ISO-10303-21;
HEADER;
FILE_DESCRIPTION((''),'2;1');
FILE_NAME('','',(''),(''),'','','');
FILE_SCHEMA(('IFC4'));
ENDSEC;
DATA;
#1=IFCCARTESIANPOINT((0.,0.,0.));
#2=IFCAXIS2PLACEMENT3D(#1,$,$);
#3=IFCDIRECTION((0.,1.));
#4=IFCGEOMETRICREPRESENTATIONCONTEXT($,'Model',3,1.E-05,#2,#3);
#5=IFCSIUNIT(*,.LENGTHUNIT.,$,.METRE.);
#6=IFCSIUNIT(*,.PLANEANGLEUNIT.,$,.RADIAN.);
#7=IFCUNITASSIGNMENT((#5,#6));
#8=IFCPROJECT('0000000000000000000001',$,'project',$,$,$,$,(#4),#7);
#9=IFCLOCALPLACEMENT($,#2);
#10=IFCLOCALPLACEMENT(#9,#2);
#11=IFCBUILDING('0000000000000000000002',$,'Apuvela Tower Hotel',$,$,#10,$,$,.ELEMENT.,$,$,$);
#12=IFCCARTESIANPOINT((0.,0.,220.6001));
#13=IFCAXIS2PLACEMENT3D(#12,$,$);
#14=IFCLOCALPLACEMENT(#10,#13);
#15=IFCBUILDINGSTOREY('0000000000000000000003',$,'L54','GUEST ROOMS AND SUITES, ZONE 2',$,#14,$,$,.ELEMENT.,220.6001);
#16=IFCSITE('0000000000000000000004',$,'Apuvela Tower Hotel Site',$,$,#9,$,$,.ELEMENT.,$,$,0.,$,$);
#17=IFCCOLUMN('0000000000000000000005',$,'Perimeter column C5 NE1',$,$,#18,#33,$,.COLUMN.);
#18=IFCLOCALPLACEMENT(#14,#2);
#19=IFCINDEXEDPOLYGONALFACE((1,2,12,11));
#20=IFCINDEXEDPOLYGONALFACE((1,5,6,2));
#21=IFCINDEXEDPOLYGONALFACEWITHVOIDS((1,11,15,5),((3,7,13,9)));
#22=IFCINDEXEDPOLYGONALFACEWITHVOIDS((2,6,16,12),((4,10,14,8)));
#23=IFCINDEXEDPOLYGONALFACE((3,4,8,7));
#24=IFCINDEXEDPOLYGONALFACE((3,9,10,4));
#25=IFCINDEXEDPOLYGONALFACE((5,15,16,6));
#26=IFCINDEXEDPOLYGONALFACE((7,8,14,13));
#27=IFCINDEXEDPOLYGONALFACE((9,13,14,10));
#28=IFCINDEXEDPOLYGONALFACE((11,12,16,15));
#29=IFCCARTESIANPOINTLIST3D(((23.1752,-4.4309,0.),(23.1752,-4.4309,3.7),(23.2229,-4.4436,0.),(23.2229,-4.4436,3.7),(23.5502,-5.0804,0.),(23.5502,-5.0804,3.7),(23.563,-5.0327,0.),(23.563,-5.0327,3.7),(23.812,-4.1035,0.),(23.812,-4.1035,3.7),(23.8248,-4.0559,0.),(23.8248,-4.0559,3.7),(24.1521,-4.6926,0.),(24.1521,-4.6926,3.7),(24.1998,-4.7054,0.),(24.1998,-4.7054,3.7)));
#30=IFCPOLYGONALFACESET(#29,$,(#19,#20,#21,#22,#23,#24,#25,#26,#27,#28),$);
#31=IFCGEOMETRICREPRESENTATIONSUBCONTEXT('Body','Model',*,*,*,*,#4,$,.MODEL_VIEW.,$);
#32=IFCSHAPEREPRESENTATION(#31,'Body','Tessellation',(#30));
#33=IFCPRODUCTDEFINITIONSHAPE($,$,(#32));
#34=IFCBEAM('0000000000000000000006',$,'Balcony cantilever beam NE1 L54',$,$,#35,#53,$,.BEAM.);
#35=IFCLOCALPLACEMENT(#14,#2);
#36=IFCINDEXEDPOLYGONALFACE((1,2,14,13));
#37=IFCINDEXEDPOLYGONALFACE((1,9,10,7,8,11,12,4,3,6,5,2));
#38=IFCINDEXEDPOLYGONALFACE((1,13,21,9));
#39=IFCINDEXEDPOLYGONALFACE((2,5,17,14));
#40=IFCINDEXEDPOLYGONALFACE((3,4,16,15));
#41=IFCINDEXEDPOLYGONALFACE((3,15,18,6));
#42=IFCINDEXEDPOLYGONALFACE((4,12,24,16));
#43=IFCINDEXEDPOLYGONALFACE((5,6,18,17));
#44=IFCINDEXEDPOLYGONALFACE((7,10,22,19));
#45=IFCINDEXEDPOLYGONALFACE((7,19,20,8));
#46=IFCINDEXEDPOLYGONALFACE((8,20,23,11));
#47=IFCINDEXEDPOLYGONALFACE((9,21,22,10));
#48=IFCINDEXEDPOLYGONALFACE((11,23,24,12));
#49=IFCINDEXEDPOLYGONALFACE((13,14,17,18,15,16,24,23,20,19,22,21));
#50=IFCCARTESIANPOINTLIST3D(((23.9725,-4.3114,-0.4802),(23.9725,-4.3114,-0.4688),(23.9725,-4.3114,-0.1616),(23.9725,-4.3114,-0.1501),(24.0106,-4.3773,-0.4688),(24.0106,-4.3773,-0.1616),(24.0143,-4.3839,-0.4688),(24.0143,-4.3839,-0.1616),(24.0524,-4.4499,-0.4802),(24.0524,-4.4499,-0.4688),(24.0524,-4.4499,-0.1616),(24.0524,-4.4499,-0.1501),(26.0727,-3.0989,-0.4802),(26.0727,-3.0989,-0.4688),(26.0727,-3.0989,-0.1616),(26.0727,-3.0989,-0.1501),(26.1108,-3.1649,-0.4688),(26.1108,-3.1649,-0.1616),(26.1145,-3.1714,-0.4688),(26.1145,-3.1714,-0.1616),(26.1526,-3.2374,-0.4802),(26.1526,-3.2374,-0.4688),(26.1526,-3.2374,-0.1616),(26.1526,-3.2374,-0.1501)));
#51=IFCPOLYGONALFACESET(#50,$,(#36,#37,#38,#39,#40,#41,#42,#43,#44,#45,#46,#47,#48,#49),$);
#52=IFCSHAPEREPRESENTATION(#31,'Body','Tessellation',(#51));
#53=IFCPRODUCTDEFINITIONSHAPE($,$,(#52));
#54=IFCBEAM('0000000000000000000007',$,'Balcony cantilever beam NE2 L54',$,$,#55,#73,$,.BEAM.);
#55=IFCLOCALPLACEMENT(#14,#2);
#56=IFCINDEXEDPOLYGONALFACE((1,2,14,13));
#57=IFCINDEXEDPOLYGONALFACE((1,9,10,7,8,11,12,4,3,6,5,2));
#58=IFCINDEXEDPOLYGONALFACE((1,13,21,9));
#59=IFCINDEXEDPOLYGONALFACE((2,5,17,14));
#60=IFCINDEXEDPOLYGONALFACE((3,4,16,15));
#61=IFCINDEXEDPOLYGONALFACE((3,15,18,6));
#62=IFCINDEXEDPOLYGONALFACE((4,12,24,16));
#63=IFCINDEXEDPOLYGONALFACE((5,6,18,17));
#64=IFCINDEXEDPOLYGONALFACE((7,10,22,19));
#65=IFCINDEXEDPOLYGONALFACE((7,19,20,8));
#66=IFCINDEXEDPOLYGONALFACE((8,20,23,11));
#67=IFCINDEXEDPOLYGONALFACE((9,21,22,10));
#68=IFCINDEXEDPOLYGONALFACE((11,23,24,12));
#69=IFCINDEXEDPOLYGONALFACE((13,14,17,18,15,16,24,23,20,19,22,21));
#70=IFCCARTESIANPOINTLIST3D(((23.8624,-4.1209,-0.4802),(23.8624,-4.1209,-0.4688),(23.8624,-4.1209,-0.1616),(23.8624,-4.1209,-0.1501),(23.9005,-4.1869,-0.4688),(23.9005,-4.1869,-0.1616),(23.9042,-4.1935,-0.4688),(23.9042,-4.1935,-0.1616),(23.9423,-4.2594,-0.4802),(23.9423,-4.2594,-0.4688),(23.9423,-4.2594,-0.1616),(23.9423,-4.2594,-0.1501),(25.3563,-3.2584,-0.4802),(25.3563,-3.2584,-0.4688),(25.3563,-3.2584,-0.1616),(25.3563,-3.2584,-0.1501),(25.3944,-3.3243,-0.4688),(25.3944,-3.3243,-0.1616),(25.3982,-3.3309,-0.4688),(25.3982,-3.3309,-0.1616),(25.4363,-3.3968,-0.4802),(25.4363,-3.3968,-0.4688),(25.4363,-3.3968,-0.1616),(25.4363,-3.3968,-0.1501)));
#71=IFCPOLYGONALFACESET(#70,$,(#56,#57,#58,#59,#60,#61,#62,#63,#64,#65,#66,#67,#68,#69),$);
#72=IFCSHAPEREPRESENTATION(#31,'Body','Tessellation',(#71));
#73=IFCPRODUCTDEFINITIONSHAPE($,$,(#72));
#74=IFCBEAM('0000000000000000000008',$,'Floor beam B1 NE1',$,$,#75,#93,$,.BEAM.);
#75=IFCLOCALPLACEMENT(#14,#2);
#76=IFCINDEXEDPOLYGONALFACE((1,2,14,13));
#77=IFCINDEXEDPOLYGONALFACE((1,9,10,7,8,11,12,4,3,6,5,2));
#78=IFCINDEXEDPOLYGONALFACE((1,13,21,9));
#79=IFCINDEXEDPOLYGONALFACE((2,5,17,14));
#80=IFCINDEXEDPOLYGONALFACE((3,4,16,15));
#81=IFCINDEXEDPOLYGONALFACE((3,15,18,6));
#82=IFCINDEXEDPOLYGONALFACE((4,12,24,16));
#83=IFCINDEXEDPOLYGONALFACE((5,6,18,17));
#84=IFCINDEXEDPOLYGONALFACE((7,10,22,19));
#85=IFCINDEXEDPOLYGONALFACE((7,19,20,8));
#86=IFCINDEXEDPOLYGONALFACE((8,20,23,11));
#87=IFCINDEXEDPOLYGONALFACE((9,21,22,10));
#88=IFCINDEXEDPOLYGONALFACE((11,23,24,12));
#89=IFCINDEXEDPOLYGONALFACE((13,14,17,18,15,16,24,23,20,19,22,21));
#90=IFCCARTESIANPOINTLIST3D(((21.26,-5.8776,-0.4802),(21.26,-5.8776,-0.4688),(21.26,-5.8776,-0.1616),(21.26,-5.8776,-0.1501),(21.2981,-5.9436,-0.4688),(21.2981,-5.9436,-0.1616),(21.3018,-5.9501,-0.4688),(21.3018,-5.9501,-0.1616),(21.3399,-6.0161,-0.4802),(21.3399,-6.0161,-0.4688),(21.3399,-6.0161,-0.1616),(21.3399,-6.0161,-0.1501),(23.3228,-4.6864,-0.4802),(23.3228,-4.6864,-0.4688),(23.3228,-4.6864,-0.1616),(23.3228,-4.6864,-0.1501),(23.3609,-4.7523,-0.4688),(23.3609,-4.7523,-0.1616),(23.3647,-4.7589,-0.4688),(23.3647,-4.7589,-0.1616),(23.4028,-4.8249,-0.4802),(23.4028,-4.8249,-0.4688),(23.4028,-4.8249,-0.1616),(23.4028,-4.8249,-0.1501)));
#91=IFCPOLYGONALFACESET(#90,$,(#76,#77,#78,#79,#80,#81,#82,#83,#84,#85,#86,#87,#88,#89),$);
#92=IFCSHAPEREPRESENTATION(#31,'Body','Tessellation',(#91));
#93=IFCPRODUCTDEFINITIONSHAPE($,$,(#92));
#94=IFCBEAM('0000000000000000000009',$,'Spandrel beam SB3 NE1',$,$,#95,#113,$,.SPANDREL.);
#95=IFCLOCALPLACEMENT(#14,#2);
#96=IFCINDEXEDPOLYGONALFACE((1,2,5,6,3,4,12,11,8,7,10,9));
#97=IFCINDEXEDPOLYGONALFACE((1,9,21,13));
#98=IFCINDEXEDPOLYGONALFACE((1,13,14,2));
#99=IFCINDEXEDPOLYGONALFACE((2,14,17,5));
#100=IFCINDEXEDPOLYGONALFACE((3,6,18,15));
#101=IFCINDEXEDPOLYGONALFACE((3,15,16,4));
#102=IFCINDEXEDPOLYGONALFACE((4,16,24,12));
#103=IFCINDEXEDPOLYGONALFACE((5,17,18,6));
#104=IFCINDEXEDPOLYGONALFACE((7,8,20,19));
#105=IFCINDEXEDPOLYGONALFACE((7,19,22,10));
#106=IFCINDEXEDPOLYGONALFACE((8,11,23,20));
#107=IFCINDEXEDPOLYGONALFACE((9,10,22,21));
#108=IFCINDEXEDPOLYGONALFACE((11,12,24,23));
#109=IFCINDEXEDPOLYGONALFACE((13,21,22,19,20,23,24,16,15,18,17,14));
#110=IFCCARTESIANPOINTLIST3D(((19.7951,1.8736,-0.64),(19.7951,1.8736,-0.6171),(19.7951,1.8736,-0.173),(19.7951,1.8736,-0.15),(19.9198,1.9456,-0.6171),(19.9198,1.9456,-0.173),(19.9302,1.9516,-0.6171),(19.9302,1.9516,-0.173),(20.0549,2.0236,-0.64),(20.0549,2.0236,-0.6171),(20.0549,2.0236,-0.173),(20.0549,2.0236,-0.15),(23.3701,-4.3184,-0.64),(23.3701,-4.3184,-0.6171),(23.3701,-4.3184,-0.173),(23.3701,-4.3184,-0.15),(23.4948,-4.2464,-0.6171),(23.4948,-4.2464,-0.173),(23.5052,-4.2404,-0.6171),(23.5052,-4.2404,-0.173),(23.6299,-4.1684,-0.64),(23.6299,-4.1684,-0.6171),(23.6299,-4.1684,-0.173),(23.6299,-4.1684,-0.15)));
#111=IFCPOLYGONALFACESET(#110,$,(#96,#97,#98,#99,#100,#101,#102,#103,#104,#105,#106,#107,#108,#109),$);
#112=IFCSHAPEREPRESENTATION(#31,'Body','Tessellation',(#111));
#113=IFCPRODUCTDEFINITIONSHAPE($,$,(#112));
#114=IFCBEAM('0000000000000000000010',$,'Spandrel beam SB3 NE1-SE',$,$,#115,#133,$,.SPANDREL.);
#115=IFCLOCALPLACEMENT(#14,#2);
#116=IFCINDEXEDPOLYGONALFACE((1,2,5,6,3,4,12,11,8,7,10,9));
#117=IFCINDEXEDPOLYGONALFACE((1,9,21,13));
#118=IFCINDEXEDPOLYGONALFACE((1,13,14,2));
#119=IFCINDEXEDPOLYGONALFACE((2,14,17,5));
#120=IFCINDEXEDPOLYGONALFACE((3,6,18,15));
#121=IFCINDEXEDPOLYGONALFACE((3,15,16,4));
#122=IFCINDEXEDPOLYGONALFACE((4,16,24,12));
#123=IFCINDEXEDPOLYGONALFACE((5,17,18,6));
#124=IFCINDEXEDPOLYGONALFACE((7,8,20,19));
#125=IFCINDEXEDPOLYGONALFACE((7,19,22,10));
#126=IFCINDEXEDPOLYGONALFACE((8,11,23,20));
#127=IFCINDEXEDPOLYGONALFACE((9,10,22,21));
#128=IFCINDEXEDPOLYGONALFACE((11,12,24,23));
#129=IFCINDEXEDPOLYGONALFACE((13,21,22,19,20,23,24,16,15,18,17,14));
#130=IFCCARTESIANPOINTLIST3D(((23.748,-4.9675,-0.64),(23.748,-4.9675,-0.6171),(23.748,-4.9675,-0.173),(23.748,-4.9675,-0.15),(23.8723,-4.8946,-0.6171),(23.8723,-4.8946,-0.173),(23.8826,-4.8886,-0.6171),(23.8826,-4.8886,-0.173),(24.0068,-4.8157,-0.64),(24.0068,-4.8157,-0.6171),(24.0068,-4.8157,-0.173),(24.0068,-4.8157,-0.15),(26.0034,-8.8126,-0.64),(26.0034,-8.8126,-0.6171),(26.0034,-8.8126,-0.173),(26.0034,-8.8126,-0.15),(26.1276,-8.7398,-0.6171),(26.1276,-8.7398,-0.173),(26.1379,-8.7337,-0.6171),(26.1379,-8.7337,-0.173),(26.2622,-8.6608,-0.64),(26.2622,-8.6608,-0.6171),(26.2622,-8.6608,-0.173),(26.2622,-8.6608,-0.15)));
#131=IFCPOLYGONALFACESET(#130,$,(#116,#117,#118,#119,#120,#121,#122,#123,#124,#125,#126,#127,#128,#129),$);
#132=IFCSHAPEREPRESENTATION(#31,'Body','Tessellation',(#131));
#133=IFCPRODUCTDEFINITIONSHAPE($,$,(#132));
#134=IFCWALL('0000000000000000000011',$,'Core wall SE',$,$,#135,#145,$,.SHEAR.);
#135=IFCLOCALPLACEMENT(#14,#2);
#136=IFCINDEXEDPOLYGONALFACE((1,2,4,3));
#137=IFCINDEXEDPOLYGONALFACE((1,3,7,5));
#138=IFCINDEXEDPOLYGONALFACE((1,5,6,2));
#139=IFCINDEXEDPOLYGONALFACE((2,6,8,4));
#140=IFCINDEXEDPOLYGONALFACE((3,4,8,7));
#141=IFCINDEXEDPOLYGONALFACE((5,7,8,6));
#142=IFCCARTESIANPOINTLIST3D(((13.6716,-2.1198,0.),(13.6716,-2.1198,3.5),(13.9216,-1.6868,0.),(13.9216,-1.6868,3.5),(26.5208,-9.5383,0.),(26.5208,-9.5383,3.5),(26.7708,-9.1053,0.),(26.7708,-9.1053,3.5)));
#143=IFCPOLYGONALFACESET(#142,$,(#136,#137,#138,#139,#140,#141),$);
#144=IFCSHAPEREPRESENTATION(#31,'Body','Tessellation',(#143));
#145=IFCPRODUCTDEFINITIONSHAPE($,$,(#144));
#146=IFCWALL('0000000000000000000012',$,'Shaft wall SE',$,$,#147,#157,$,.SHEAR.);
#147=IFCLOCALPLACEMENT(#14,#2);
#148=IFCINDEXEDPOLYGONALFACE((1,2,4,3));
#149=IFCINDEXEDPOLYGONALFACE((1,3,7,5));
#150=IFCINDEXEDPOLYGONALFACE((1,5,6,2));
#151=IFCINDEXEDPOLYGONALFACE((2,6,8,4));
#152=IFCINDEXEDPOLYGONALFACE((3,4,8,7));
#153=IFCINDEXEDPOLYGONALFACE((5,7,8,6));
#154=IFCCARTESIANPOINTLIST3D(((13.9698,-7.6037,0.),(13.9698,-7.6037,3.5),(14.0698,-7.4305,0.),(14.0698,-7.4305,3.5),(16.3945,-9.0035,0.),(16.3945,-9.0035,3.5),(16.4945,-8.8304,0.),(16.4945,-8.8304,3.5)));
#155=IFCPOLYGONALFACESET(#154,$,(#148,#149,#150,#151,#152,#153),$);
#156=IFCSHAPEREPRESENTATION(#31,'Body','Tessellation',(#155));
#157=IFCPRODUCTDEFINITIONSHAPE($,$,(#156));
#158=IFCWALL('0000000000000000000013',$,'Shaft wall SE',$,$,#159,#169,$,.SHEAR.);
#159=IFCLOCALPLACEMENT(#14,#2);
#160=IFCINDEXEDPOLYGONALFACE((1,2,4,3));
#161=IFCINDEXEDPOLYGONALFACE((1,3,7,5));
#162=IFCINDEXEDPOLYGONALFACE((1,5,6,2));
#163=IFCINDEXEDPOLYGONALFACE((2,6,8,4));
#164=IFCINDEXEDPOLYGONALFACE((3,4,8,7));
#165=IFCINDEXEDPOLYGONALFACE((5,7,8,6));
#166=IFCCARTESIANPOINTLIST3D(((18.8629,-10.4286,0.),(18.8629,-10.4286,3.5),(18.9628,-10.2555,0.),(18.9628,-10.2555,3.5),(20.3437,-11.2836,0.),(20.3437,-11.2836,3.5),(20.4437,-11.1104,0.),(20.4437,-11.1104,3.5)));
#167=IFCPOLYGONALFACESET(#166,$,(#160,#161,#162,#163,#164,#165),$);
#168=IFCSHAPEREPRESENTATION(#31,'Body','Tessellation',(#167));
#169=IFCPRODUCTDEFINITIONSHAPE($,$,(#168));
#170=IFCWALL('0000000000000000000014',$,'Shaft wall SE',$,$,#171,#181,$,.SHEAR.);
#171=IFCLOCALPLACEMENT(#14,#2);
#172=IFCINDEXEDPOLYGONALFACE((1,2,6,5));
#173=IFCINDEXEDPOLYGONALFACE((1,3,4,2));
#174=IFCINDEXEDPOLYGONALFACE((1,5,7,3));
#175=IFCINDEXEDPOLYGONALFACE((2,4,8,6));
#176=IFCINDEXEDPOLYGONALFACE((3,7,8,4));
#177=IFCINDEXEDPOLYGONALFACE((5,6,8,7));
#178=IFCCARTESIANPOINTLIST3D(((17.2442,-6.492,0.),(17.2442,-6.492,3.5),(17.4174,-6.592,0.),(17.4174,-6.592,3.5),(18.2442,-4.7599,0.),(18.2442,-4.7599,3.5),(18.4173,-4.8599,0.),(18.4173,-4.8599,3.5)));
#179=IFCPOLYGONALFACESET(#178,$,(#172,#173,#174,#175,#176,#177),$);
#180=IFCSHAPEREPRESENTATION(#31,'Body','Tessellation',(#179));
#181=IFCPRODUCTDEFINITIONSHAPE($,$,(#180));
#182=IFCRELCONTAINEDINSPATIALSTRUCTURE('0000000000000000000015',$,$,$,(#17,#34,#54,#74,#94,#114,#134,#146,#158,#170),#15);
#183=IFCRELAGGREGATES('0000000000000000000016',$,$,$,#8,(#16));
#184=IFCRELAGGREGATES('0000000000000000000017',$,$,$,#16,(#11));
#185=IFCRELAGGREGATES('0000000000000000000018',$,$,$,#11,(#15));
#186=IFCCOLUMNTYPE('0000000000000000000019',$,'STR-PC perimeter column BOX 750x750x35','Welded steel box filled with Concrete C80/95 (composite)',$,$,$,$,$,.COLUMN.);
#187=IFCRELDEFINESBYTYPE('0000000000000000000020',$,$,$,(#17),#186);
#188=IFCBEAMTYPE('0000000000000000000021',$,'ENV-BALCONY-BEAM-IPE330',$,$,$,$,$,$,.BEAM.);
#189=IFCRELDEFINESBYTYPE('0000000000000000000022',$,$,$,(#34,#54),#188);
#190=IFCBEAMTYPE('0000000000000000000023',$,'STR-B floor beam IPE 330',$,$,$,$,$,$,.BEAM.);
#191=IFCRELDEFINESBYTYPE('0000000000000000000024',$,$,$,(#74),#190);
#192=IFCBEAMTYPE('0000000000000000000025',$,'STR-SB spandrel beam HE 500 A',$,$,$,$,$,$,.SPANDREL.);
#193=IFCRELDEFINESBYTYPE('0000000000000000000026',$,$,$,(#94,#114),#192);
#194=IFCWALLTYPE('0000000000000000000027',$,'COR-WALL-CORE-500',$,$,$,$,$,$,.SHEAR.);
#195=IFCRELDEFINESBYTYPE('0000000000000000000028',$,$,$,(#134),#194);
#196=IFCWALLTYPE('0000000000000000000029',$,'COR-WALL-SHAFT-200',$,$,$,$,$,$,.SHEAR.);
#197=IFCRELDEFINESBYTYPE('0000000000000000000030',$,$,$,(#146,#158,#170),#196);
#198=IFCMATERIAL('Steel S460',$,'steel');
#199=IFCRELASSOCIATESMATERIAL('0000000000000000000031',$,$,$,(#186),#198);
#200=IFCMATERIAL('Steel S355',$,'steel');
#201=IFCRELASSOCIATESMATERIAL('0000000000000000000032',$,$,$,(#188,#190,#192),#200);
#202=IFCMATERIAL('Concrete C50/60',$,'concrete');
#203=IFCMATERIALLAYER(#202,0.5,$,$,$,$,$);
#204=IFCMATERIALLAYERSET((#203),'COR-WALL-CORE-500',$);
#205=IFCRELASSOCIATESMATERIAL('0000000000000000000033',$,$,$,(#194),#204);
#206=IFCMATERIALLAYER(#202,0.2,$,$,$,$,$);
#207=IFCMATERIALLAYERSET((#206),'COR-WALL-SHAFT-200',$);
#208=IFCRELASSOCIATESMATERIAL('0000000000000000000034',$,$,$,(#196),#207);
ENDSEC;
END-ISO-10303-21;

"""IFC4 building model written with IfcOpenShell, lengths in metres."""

from ifc_helpers import new_model, si_unit, direction, frame, frame_2d, origin, origin_2d, place, context, subcontext, project, spatial, rectangle, hollow_rectangle, i_section, extrude, material, layer, layer_set, material_profile, profile_set, type_object, element, save


model = new_model("IFC4")

# Units and contexts
model_context = context("Model", 3, precision=1e-05, world=origin(), true_north=direction((0.0, 1.0)))
body_context = subcontext(model_context, "Body", "Model", "MODEL_VIEW")
ifc_project = project(units=[si_unit("LENGTHUNIT", "METRE"), si_unit("PLANEANGLEUNIT", "RADIAN")], contexts=[model_context])

# Site, building, storey
site_placement = place(None, origin())
site = spatial("IfcSite", under=ifc_project, at=site_placement, Name="Apuvela Tower Hotel Site", CompositionType="ELEMENT", RefElevation=0.0)
building_placement = place(site_placement, origin())
building = spatial("IfcBuilding", under=site, at=building_placement, Name="Apuvela Tower Hotel", CompositionType="ELEMENT")
storey_placement = place(building_placement, frame((0.0, 0.0, 220.6001)))
storey = spatial("IfcBuildingStorey", under=building, at=storey_placement, Name="L54", Description="GUEST ROOMS AND SUITES, ZONE 2", CompositionType="ELEMENT", Elevation=220.6001)

# Column
ifc_material_1 = material(Name="Steel S460", Category="steel")
ifc_material_profile_1 = material_profile(ifc_material_1, hollow_rectangle(XDim=0.75, YDim=0.75, WallThickness=0.0349, at=origin_2d()), Name="BOX 750x750x35")
ifc_material_2 = material(Name="Concrete C80/95", Category="concrete")
ifc_material_profile_2 = material_profile(ifc_material_2, rectangle(XDim=0.6799, YDim=0.6799, at=origin_2d()), Name="Concrete C80/95 infill")
ifc_profile_set_1 = profile_set([ifc_material_profile_1, ifc_material_profile_2], Name="Steel S460")
column_type = type_object("IfcColumnType", Name="STR-PC perimeter column BOX 750x750x35", Description="Welded steel box filled with Concrete C80/95 (composite)", PredefinedType="COLUMN", material=ifc_profile_set_1)
column_placement = place(storey_placement, frame((23.6875, -4.5681, 0.0), z_axis=(0.0, 0.0, 1.0), x_axis=(-0.5, 0.866025, 0.0)))
element("IfcColumn", 1, at=column_placement, inside=storey, type_object=column_type, Name="Perimeter column C5 NE1", PredefinedType="COLUMN", context=body_context, shape_type="SweptSolid", body=[
    extrude(hollow_rectangle(XDim=0.75, YDim=0.75, WallThickness=0.0349, at=origin_2d()), origin(), (0.0, 0.0, 1.0), 3.7),
])

# Beams
ifc_material_3 = material(Name="Steel S355", Category="steel")
ifc_material_profile_3 = material_profile(ifc_material_3, i_section(OverallWidth=0.1599, OverallDepth=0.3301, WebThickness=0.0076, FlangeThickness=0.0115, at=origin_2d()), Name="IPE 330")
ifc_profile_set_2 = profile_set([ifc_material_profile_3], Name="Steel S355")
beam_type_1 = type_object("IfcBeamType", Name="ENV-BALCONY-BEAM-IPE330", PredefinedType="BEAM", material=ifc_profile_set_2)
beam_1_placement = place(storey_placement, frame((24.0125, -4.3806, -0.3152), z_axis=(0.866041, 0.499972, 0.0), x_axis=(-0.499972, 0.866041, 0.0)))
element("IfcBeam", 2, at=beam_1_placement, inside=storey, type_object=beam_type_1, Name="Balcony cantilever beam NE1 L54", PredefinedType="BEAM", context=body_context, shape_type="SweptSolid", body=[
    extrude(i_section(OverallWidth=0.1599, OverallDepth=0.3301, WebThickness=0.0076, FlangeThickness=0.0115, at=origin_2d()), origin(), (0.0, 0.0, 1.0), 2.425),
])
beam_2_placement = place(storey_placement, frame((23.9023, -4.1902, -0.3152), z_axis=(0.866014, 0.500021, 0.0), x_axis=(-0.500021, 0.866014, 0.0)))
element("IfcBeam", 3, at=beam_2_placement, inside=storey, type_object=beam_type_1, Name="Balcony cantilever beam NE2 L54", PredefinedType="BEAM", context=body_context, shape_type="SweptSolid", body=[
    extrude(i_section(OverallWidth=0.1599, OverallDepth=0.3301, WebThickness=0.0076, FlangeThickness=0.0115, at=origin_2d()), origin(), (0.0, 0.0, 1.0), 1.7251),
])
ifc_material_profile_4 = material_profile(ifc_material_3, i_section(OverallWidth=0.1599, OverallDepth=0.3301, WebThickness=0.0076, FlangeThickness=0.0115, at=origin_2d()), Name="IPE 330")
ifc_profile_set_3 = profile_set([ifc_material_profile_4], Name="Steel S355")
beam_type_2 = type_object("IfcBeamType", Name="STR-B floor beam IPE 330", PredefinedType="BEAM", material=ifc_profile_set_3)
beam_3_placement = place(storey_placement, frame((23.3628, -4.7556, -0.3152), z_axis=(-0.865982, -0.500074, 0.0), x_axis=(0.500074, -0.865982, 0.0)))
element("IfcBeam", 4, at=beam_3_placement, inside=storey, type_object=beam_type_2, Name="Floor beam B1 NE1", PredefinedType="BEAM", context=body_context, shape_type="SweptSolid", body=[
    extrude(i_section(OverallWidth=0.1599, OverallDepth=0.3301, WebThickness=0.0076, FlangeThickness=0.0115, at=origin_2d()), origin(), (0.0, 0.0, 1.0), 2.3821),
])
ifc_material_profile_5 = material_profile(ifc_material_3, i_section(OverallWidth=0.3, OverallDepth=0.49, WebThickness=0.012, FlangeThickness=0.0229, at=origin_2d()), Name="HE 500 A")
ifc_profile_set_4 = profile_set([ifc_material_profile_5], Name="Steel S355")
beam_type_3 = type_object("IfcBeamType", Name="STR-SB spandrel beam HE 500 A", PredefinedType="SPANDREL", material=ifc_profile_set_4)
beam_4_placement = place(storey_placement, frame((23.5, -4.2434, -0.395), z_axis=(-0.500006, 0.866022, 0.0), x_axis=(-0.866022, -0.500006, 0.0)))
element("IfcBeam", 5, at=beam_4_placement, inside=storey, type_object=beam_type_3, Name="Spandrel beam SB3 NE1", PredefinedType="SPANDREL", context=body_context, shape_type="SweptSolid", body=[
    extrude(i_section(OverallWidth=0.3, OverallDepth=0.49, WebThickness=0.012, FlangeThickness=0.0229, at=origin_2d()), origin(), (0.0, 0.0, 1.0), 7.1499),
])
beam_5_placement = place(storey_placement, frame((23.8774, -4.8916, -0.395), z_axis=(0.505933, -0.862573, 0.0), x_axis=(0.862573, 0.505933, 0.0)))
element("IfcBeam", 6, at=beam_5_placement, inside=storey, type_object=beam_type_3, Name="Spandrel beam SB3 NE1-SE", PredefinedType="SPANDREL", context=body_context, shape_type="SweptSolid", body=[
    extrude(i_section(OverallWidth=0.3, OverallDepth=0.49, WebThickness=0.012, FlangeThickness=0.0229, at=origin_2d()), origin(), (0.0, 0.0, 1.0), 4.4578),
])

# Walls
ifc_material_4 = material(Name="Concrete C50/60", Category="concrete")
ifc_layer_1 = layer(ifc_material_4, 0.5)
ifc_layer_set_1 = layer_set([ifc_layer_1], Name="COR-WALL-CORE-500")
wall_type_1 = type_object("IfcWallType", Name="COR-WALL-CORE-500", PredefinedType="SHEAR", material=ifc_layer_set_1)
wall_1_placement = place(storey_placement, frame((13.7966, -1.9033, 0.0), z_axis=(0.0, 0.0, 1.0), x_axis=(0.866025, -0.500001, 0.0)))
element("IfcWall", 7, at=wall_1_placement, inside=storey, type_object=wall_type_1, Name="Core wall SE", PredefinedType="SHEAR", context=body_context, shape_type="SweptSolid", body=[
    extrude(rectangle(XDim=14.8369, YDim=0.5, at=frame_2d((7.4185, 0.0))), origin(), (0.0, 0.0, 1.0), 3.5),
])
ifc_layer_2 = layer(ifc_material_4, 0.2)
ifc_layer_set_2 = layer_set([ifc_layer_2], Name="COR-WALL-SHAFT-200")
wall_type_2 = type_object("IfcWallType", Name="COR-WALL-SHAFT-200", PredefinedType="SHEAR", material=ifc_layer_set_2)
wall_2_placement = place(storey_placement, frame((14.0198, -7.5171, 0.0), z_axis=(0.0, 0.0, 1.0), x_axis=(0.866035, -0.499984, 0.0)))
element("IfcWall", 8, at=wall_2_placement, inside=storey, type_object=wall_type_2, Name="Shaft wall SE", PredefinedType="SHEAR", context=body_context, shape_type="SweptSolid", body=[
    extrude(rectangle(XDim=2.7998, YDim=0.2, at=frame_2d((1.3999, 0.0))), origin(), (0.0, 0.0, 1.0), 3.5),
])
wall_3_placement = place(storey_placement, frame((18.9128, -10.342, 0.0), z_axis=(0.0, 0.0, 1.0), x_axis=(0.866038, -0.499978, 0.0)))
element("IfcWall", 9, at=wall_3_placement, inside=storey, type_object=wall_type_2, Name="Shaft wall SE", PredefinedType="SHEAR", context=body_context, shape_type="SweptSolid", body=[
    extrude(rectangle(XDim=1.71, YDim=0.2, at=frame_2d((0.855, 0.0))), origin(), (0.0, 0.0, 1.0), 3.5),
])
for number, where, z_axis, x_axis, name in (
    (10, (17.3308, -6.542, 0.0), (0.0, 0.0, 1.0), (0.499973, 0.866041, 0.0), "Shaft wall SE"),
):
    element("IfcWall", number, at=place(storey_placement, frame(where, z_axis=z_axis, x_axis=x_axis)), inside=storey, type_object=wall_type_2, Name=name, PredefinedType="SHEAR", context=body_context, shape_type="SweptSolid", body=[
        extrude(rectangle(XDim=2.0, YDim=0.2, at=frame_2d((1.0, 0.0))), origin(), (0.0, 0.0, 1.0), 3.5),
    ])

save(model, "model.ifc")
